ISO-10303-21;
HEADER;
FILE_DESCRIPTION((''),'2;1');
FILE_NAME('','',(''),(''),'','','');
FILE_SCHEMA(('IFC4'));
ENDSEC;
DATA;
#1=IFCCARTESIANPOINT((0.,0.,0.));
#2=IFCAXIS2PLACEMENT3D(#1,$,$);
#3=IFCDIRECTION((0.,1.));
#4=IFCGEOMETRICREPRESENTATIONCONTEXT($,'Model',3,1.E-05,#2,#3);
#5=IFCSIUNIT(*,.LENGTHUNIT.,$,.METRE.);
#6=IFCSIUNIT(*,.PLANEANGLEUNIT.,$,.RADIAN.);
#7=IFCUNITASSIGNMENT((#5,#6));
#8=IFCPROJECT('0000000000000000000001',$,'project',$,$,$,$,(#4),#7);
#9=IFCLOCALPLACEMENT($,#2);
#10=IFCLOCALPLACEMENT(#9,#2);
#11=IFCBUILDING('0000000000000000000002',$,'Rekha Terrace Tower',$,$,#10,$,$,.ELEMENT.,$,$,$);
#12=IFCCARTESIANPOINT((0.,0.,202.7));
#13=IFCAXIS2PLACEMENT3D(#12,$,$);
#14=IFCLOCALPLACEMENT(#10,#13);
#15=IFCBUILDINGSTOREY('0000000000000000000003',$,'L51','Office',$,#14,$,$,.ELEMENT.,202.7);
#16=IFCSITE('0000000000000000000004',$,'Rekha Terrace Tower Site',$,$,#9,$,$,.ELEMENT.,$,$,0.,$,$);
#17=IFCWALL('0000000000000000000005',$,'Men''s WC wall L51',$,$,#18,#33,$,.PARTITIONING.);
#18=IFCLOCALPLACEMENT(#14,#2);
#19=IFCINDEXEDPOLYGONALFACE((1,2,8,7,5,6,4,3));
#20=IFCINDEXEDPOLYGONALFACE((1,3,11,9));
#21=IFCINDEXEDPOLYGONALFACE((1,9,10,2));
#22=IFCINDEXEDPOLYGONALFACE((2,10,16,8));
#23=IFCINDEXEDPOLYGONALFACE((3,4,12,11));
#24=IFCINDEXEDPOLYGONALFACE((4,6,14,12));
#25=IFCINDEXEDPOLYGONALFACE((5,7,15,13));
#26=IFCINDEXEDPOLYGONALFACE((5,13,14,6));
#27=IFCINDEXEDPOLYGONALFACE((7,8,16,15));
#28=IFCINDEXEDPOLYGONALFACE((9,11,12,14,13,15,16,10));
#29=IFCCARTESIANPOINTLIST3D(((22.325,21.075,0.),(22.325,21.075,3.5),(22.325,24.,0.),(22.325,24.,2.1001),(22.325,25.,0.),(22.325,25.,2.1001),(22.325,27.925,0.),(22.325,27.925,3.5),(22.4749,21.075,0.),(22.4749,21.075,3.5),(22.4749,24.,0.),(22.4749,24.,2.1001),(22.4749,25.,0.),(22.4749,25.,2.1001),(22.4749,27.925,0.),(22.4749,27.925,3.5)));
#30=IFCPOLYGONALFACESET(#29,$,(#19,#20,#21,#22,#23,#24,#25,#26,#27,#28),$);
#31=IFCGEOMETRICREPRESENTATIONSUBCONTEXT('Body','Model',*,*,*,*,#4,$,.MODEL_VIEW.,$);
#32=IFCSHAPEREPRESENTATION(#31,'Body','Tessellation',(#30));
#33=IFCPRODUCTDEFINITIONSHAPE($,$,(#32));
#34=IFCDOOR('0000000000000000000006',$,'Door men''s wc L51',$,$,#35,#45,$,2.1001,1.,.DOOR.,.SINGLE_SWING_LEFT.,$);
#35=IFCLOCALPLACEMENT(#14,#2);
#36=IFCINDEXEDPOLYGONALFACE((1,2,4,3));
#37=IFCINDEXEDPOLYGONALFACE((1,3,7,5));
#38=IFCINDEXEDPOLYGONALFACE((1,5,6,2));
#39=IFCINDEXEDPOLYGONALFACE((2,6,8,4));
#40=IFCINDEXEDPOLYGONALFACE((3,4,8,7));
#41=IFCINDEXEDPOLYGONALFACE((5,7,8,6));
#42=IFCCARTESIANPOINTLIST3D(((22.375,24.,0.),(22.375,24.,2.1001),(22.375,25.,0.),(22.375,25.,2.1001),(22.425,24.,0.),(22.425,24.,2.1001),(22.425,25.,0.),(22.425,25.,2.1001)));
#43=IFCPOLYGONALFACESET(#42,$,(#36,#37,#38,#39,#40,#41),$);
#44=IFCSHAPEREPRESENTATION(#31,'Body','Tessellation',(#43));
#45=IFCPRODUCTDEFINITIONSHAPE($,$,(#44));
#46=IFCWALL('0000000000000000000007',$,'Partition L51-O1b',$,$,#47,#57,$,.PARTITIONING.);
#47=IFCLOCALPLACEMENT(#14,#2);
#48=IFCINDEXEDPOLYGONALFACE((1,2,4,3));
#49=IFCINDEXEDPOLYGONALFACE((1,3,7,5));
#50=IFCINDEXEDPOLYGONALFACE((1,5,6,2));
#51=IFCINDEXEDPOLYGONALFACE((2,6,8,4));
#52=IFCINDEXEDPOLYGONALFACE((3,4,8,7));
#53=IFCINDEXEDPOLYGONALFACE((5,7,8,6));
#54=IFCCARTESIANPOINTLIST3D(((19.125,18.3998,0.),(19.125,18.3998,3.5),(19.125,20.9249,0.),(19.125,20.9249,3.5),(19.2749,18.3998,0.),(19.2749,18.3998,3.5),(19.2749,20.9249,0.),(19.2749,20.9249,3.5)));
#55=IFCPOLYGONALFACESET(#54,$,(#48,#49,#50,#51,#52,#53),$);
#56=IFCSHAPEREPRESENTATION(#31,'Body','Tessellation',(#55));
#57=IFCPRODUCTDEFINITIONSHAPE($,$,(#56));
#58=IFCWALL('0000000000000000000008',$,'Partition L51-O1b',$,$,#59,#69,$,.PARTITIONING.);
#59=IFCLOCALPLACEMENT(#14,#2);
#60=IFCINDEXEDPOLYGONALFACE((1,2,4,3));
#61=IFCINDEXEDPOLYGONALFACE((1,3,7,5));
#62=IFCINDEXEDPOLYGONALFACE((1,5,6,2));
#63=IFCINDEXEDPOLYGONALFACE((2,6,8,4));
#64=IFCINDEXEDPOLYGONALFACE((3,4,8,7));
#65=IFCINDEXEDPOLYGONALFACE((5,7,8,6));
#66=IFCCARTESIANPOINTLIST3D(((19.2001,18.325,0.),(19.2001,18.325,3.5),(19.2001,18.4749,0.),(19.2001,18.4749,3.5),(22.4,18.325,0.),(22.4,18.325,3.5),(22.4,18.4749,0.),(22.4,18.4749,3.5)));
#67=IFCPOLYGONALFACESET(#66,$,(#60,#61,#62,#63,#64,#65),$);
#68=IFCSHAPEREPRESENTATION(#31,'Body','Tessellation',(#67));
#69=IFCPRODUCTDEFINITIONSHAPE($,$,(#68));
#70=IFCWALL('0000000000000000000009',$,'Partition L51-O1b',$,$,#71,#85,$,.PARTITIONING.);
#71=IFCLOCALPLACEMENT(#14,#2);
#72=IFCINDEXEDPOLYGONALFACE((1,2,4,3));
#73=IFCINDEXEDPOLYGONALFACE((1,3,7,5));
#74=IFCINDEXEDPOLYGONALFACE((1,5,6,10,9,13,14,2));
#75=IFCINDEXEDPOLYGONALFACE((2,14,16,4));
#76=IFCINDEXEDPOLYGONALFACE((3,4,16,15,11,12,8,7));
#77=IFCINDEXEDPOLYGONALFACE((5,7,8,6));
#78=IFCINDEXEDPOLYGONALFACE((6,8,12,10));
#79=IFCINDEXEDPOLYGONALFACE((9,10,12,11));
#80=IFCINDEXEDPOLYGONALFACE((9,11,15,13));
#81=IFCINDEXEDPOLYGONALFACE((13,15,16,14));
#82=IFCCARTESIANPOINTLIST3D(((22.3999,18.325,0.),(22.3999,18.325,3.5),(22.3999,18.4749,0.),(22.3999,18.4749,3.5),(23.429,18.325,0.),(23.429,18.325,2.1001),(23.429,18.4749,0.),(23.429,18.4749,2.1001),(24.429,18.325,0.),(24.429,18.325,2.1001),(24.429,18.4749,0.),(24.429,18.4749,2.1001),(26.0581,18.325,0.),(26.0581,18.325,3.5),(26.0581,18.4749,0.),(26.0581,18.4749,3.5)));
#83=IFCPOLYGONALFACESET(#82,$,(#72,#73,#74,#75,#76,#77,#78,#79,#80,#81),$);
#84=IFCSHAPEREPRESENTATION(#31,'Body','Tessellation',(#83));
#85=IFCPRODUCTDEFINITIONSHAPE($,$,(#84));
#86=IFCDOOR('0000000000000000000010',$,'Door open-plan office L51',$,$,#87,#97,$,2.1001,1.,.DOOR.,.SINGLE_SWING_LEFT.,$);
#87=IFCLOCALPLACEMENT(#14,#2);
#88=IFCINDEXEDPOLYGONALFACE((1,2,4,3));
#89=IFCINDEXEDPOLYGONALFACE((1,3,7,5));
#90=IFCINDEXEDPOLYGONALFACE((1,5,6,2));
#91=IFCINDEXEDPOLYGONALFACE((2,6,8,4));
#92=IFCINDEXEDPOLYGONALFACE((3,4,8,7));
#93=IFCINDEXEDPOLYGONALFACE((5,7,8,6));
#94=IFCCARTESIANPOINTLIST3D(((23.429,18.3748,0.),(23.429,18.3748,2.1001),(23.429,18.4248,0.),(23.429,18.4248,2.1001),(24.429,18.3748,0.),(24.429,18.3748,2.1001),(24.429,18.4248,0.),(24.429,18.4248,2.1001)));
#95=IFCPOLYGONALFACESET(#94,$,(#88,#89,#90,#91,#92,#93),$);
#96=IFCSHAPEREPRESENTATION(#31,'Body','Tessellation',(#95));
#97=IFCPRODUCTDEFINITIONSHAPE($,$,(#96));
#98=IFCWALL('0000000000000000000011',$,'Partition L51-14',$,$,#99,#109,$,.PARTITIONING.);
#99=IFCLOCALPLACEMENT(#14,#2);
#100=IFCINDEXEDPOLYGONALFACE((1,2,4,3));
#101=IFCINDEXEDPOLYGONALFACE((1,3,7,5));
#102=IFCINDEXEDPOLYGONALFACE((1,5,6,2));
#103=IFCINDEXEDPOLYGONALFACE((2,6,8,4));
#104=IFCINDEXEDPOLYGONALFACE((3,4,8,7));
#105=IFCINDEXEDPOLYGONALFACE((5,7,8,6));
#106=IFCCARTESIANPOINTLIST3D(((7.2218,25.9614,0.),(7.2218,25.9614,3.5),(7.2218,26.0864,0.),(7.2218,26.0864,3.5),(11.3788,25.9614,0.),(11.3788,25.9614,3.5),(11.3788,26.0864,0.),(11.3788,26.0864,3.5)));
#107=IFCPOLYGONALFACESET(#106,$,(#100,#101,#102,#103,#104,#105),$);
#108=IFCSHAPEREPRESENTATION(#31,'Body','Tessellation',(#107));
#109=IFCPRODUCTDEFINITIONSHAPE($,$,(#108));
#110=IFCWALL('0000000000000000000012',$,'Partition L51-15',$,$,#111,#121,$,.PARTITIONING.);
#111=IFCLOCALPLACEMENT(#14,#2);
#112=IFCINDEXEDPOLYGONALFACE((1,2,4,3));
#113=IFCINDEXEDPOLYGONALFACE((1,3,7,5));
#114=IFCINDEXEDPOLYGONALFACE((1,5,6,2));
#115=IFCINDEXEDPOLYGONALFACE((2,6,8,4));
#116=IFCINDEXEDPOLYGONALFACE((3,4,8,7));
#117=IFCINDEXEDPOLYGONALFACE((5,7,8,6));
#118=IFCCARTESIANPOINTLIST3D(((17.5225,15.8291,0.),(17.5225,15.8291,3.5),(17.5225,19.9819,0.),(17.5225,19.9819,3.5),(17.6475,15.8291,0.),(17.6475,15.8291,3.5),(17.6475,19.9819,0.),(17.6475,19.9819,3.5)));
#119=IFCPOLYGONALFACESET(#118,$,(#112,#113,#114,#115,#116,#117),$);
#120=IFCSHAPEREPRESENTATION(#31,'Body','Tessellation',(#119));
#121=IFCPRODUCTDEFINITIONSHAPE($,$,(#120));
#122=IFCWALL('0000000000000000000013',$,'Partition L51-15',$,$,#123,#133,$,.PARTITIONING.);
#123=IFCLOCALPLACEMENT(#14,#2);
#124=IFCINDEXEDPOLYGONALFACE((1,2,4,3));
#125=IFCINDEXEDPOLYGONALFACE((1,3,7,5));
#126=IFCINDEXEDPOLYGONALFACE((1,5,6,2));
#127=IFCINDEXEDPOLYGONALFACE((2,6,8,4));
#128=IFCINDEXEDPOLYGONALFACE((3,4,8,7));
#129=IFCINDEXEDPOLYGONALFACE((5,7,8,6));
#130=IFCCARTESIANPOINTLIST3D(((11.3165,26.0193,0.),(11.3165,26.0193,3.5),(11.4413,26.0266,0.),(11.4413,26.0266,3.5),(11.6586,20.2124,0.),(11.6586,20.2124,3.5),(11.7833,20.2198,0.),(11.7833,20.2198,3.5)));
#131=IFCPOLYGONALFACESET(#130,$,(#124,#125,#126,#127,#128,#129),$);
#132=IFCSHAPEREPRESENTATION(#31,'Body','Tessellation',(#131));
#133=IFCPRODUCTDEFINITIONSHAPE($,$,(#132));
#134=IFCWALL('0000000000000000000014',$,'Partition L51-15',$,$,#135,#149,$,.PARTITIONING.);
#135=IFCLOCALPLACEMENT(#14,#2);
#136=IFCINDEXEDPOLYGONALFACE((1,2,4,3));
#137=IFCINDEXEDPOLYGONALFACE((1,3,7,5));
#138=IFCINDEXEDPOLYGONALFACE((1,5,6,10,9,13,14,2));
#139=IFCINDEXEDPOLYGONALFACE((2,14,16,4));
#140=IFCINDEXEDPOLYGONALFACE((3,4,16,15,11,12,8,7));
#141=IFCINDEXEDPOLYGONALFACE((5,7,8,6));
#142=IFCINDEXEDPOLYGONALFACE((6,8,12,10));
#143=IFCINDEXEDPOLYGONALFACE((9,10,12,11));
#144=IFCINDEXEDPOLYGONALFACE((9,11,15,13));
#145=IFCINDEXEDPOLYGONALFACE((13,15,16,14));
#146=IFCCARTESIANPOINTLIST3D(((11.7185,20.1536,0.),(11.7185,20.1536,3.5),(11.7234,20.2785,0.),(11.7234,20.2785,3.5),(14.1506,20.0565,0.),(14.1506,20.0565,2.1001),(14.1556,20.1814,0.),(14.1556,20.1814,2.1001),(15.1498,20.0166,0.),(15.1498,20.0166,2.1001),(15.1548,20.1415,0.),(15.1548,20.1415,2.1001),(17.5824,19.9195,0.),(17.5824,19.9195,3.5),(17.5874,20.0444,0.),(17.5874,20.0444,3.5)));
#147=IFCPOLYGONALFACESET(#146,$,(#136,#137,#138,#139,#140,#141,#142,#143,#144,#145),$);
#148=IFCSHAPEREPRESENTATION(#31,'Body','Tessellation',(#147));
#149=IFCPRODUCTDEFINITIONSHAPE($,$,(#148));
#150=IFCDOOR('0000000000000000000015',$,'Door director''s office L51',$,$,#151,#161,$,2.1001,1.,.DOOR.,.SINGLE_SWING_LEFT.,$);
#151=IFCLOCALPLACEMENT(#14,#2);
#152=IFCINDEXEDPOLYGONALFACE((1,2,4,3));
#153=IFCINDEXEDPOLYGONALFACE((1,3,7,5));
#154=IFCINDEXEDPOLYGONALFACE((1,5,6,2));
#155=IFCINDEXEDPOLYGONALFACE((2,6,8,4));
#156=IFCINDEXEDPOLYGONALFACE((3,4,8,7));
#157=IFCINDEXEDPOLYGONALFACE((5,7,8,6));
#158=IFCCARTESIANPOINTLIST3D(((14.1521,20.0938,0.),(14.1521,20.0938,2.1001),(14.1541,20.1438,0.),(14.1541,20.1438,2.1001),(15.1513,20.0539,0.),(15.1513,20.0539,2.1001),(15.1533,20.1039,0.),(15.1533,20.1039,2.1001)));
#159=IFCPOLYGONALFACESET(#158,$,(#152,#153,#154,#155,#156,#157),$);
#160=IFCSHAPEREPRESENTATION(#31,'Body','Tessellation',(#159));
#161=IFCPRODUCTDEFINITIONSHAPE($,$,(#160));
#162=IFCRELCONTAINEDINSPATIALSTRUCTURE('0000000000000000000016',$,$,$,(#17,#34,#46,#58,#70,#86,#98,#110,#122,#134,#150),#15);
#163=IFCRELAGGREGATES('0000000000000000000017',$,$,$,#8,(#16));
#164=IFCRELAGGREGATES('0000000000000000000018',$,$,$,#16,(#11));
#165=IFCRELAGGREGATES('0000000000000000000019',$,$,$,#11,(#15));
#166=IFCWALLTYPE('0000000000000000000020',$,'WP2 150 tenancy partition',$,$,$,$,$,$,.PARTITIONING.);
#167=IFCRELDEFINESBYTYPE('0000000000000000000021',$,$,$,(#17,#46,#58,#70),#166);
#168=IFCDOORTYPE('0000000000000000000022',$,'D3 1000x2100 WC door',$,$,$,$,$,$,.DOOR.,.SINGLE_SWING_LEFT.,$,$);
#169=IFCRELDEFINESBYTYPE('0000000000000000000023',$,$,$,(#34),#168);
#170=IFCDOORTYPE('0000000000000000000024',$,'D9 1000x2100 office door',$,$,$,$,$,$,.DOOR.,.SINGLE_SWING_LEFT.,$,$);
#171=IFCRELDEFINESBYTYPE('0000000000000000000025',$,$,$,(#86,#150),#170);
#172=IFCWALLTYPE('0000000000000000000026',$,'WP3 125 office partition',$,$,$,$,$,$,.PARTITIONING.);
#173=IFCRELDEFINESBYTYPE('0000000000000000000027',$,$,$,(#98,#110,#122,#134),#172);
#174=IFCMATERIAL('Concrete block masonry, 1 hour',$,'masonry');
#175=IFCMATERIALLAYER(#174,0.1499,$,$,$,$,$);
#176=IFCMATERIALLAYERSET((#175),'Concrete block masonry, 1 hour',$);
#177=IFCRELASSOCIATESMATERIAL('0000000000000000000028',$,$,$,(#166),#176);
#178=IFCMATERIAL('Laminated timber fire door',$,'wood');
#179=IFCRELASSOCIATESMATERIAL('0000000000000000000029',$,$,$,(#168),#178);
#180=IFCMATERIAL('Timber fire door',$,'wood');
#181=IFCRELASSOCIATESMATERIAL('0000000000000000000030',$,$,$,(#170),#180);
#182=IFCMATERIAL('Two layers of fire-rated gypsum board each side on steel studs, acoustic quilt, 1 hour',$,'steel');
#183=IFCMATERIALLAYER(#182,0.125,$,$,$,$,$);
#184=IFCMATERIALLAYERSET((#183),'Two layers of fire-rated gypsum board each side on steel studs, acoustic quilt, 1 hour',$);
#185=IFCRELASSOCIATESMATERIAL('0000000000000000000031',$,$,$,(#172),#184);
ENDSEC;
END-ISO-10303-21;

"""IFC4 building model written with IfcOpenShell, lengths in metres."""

from ifc_helpers import new_model, si_unit, direction, frame, frame_2d, origin, place, context, subcontext, project, spatial, rectangle, extrude, material, layer, layer_set, type_object, element, fill, save


model = new_model("IFC4")

# Units and contexts
model_context = context("Model", 3, precision=1e-05, world=origin(), true_north=direction((0.0, 1.0)))
body_context = subcontext(model_context, "Body", "Model", "MODEL_VIEW")
ifc_project = project(units=[si_unit("LENGTHUNIT", "METRE"), si_unit("PLANEANGLEUNIT", "RADIAN")], contexts=[model_context])

# Site, building, storey
site_placement = place(None, origin())
site = spatial("IfcSite", under=ifc_project, at=site_placement, Name="Rekha Terrace Tower Site", CompositionType="ELEMENT", RefElevation=0.0)
building_placement = place(site_placement, origin())
building = spatial("IfcBuilding", under=site, at=building_placement, Name="Rekha Terrace Tower", CompositionType="ELEMENT")
storey_placement = place(building_placement, frame((0.0, 0.0, 202.7)))
storey = spatial("IfcBuildingStorey", under=building, at=storey_placement, Name="L51", Description="Office", CompositionType="ELEMENT", Elevation=202.7)

# Shared definitions
ifc_material_1 = material(Name="Concrete block masonry, 1 hour", Category="masonry")
ifc_layer_1 = layer(ifc_material_1, 0.1499)
ifc_layer_set_1 = layer_set([ifc_layer_1], Name="Concrete block masonry, 1 hour")
wall_type_1 = type_object("IfcWallType", Name="WP2 150 tenancy partition", PredefinedType="PARTITIONING", material=ifc_layer_set_1)

# Wall, opening, door
wall_1_placement = place(storey_placement, frame((22.3999, 21.075, 0.0), z_axis=(0.0, 0.0, 1.0), x_axis=(0.0, 1.0, 0.0)))
wall_1 = element("IfcWall", 1, at=wall_1_placement, inside=storey, type_object=wall_type_1, Name="Men's WC wall L51", PredefinedType="PARTITIONING", context=body_context, shape_type="SweptSolid", body=[
    extrude(rectangle(XDim=6.8501, YDim=0.1499, at=frame_2d((3.425, 0.0))), origin(), (0.0, 0.0, 1.0), 3.5),
])
opening_1_placement = place(wall_1_placement, frame((2.925, 0.0, 0.0)))
opening_1 = element("IfcOpeningElement", 2, at=opening_1_placement, cuts=wall_1, PredefinedType="OPENING", context=body_context, shape_type="SweptSolid", body=[
    extrude(rectangle(XDim=1.0, YDim=2.1001, at=frame_2d((0.5, 1.05))), frame((0.0, 0.085, 0.0), z_axis=(0.0, -1.0, 0.0), x_axis=(1.0, 0.0, 0.0)), (0.0, 0.0, 1.0), 0.1699),
])
ifc_material_2 = material(Name="Laminated timber fire door", Category="wood")
door_type_1 = type_object("IfcDoorType", Name="D3 1000x2100 WC door", OperationType="SINGLE_SWING_LEFT", PredefinedType="DOOR", material=ifc_material_2)
door_1_placement = place(opening_1_placement, origin())
door_1 = element("IfcDoor", 3, at=door_1_placement, inside=storey, type_object=door_type_1, Name="Door men's wc L51", OperationType="SINGLE_SWING_LEFT", OverallHeight=2.1001, OverallWidth=1.0, PredefinedType="DOOR", context=body_context, shape_type="SweptSolid", body=[
    extrude(rectangle(XDim=1.0, YDim=2.1001, at=frame_2d((0.5, 1.05))), frame((0.0, 0.0249, 0.0), z_axis=(0.0, -1.0, 0.0), x_axis=(1.0, 0.0, 0.0)), (0.0, 0.0, 1.0), 0.05),
])
fill(opening_1, door_1)

# Walls
wall_2_placement = place(storey_placement, frame((19.2, 20.925, 0.0), z_axis=(0.0, 0.0, 1.0), x_axis=(0.0, -1.0, 0.0)))
element("IfcWall", 4, at=wall_2_placement, inside=storey, type_object=wall_type_1, Name="Partition L51-O1b", PredefinedType="PARTITIONING", context=body_context, shape_type="SweptSolid", body=[
    extrude(rectangle(XDim=2.5251, YDim=0.1499, at=frame_2d((1.2627, 0.0))), origin(), (0.0, 0.0, 1.0), 3.5),
])
wall_3_placement = place(storey_placement, frame((19.2, 18.3999, 0.0), z_axis=(0.0, 0.0, 1.0), x_axis=(1.0, 0.0, 0.0)))
element("IfcWall", 5, at=wall_3_placement, inside=storey, type_object=wall_type_1, Name="Partition L51-O1b", PredefinedType="PARTITIONING", context=body_context, shape_type="SweptSolid", body=[
    extrude(rectangle(XDim=3.2, YDim=0.1499, at=frame_2d((1.6001, 0.0))), origin(), (0.0, 0.0, 1.0), 3.5),
])

# Wall, opening, door
wall_4_placement = place(storey_placement, frame((22.3999, 18.3999, 0.0), z_axis=(0.0, 0.0, 1.0), x_axis=(1.0, 0.0, 0.0)))
wall_4 = element("IfcWall", 6, at=wall_4_placement, inside=storey, type_object=wall_type_1, Name="Partition L51-O1b", PredefinedType="PARTITIONING", context=body_context, shape_type="SweptSolid", body=[
    extrude(rectangle(XDim=3.6582, YDim=0.1499, at=frame_2d((1.8291, 0.0))), origin(), (0.0, 0.0, 1.0), 3.5),
])
opening_2_placement = place(wall_4_placement, frame((1.0291, 0.0, 0.0)))
opening_2 = element("IfcOpeningElement", 7, at=opening_2_placement, cuts=wall_4, PredefinedType="OPENING", context=body_context, shape_type="SweptSolid", body=[
    extrude(rectangle(XDim=1.0, YDim=2.1001, at=frame_2d((0.5, 1.05))), frame((0.0, 0.085, 0.0), z_axis=(0.0, -1.0, 0.0), x_axis=(1.0, 0.0, 0.0)), (0.0, 0.0, 1.0), 0.1699),
])
ifc_material_3 = material(Name="Timber fire door", Category="wood")
door_type_2 = type_object("IfcDoorType", Name="D9 1000x2100 office door", OperationType="SINGLE_SWING_LEFT", PredefinedType="DOOR", material=ifc_material_3)
door_2_placement = place(opening_2_placement, origin())
door_2 = element("IfcDoor", 8, at=door_2_placement, inside=storey, type_object=door_type_2, Name="Door open-plan office L51", OperationType="SINGLE_SWING_LEFT", OverallHeight=2.1001, OverallWidth=1.0, PredefinedType="DOOR", context=body_context, shape_type="SweptSolid", body=[
    extrude(rectangle(XDim=1.0, YDim=2.1001, at=frame_2d((0.5, 1.05))), frame((0.0, 0.0249, 0.0), z_axis=(0.0, -1.0, 0.0), x_axis=(1.0, 0.0, 0.0)), (0.0, 0.0, 1.0), 0.05),
])
fill(opening_2, door_2)

# Walls
ifc_material_4 = material(Name="Two layers of fire-rated gypsum board each side on steel studs, acoustic quilt, 1 hour", Category="steel")
ifc_layer_2 = layer(ifc_material_4, 0.125)
ifc_layer_set_2 = layer_set([ifc_layer_2], Name="Two layers of fire-rated gypsum board each side on steel studs, acoustic quilt, 1 hour")
wall_type_2 = type_object("IfcWallType", Name="WP3 125 office partition", PredefinedType="PARTITIONING", material=ifc_layer_set_2)
wall_5_placement = place(storey_placement, frame((11.3789, 26.0239, 0.0), z_axis=(0.0, 0.0, 1.0), x_axis=(-1.0, 0.0, 0.0)))
element("IfcWall", 9, at=wall_5_placement, inside=storey, type_object=wall_type_2, Name="Partition L51-14", PredefinedType="PARTITIONING", context=body_context, shape_type="SweptSolid", body=[
    extrude(rectangle(XDim=4.157, YDim=0.125, at=frame_2d((2.0786, 0.0))), origin(), (0.0, 0.0, 1.0), 3.5),
])
wall_6_placement = place(storey_placement, frame((17.585, 19.9819, 0.0), z_axis=(0.0, 0.0, 1.0), x_axis=(0.0, -1.0, 0.0)))
element("IfcWall", 10, at=wall_6_placement, inside=storey, type_object=wall_type_2, Name="Partition L51-15", PredefinedType="PARTITIONING", context=body_context, shape_type="SweptSolid", body=[
    extrude(rectangle(XDim=4.1528, YDim=0.125, at=frame_2d((2.0764, 0.0))), origin(), (0.0, 0.0, 1.0), 3.5),
])
wall_7_placement = place(storey_placement, frame((11.3789, 26.0229, 0.0), z_axis=(0.0, 0.0, 1.0), x_axis=(0.058801, -0.99827, 0.0)))
element("IfcWall", 11, at=wall_7_placement, inside=storey, type_object=wall_type_2, Name="Partition L51-15", PredefinedType="PARTITIONING", context=body_context, shape_type="SweptSolid", body=[
    extrude(rectangle(XDim=5.8169, YDim=0.125, at=frame_2d((2.9084, 0.0))), origin(), (0.0, 0.0, 1.0), 3.5),
])

# Wall, opening, door
wall_8_placement = place(storey_placement, frame((11.7209, 20.2161, 0.0), z_axis=(0.0, 0.0, 1.0), x_axis=(0.999204, -0.039895, 0.0)))
wall_8 = element("IfcWall", 12, at=wall_8_placement, inside=storey, type_object=wall_type_2, Name="Partition L51-15", PredefinedType="PARTITIONING", context=body_context, shape_type="SweptSolid", body=[
    extrude(rectangle(XDim=5.8687, YDim=0.125, at=frame_2d((2.9343, 0.0))), origin(), (0.0, 0.0, 1.0), 3.5),
])
opening_3_placement = place(wall_8_placement, frame((2.4341, 0.0, 0.0)))
opening_3 = element("IfcOpeningElement", 13, at=opening_3_placement, cuts=wall_8, PredefinedType="OPENING", context=body_context, shape_type="SweptSolid", body=[
    extrude(rectangle(XDim=1.0, YDim=2.1001, at=frame_2d((0.5, 1.05))), frame((0.0, 0.0725, 0.0), z_axis=(0.0, -1.0, 0.0), x_axis=(1.0, 0.0, 0.0)), (0.0, 0.0, 1.0), 0.145),
])
door_3_placement = place(opening_3_placement, origin())
door_3 = element("IfcDoor", 14, at=door_3_placement, inside=storey, type_object=door_type_2, Name="Door director's office L51", OperationType="SINGLE_SWING_LEFT", OverallHeight=2.1001, OverallWidth=1.0, PredefinedType="DOOR", context=body_context, shape_type="SweptSolid", body=[
    extrude(rectangle(XDim=1.0, YDim=2.1001, at=frame_2d((0.5, 1.05))), frame((0.0, 0.0249, 0.0), z_axis=(0.0, -1.0, 0.0), x_axis=(1.0, 0.0, 0.0)), (0.0, 0.0, 1.0), 0.05),
])
fill(opening_3, door_3)

save(model, "model.ifc")
